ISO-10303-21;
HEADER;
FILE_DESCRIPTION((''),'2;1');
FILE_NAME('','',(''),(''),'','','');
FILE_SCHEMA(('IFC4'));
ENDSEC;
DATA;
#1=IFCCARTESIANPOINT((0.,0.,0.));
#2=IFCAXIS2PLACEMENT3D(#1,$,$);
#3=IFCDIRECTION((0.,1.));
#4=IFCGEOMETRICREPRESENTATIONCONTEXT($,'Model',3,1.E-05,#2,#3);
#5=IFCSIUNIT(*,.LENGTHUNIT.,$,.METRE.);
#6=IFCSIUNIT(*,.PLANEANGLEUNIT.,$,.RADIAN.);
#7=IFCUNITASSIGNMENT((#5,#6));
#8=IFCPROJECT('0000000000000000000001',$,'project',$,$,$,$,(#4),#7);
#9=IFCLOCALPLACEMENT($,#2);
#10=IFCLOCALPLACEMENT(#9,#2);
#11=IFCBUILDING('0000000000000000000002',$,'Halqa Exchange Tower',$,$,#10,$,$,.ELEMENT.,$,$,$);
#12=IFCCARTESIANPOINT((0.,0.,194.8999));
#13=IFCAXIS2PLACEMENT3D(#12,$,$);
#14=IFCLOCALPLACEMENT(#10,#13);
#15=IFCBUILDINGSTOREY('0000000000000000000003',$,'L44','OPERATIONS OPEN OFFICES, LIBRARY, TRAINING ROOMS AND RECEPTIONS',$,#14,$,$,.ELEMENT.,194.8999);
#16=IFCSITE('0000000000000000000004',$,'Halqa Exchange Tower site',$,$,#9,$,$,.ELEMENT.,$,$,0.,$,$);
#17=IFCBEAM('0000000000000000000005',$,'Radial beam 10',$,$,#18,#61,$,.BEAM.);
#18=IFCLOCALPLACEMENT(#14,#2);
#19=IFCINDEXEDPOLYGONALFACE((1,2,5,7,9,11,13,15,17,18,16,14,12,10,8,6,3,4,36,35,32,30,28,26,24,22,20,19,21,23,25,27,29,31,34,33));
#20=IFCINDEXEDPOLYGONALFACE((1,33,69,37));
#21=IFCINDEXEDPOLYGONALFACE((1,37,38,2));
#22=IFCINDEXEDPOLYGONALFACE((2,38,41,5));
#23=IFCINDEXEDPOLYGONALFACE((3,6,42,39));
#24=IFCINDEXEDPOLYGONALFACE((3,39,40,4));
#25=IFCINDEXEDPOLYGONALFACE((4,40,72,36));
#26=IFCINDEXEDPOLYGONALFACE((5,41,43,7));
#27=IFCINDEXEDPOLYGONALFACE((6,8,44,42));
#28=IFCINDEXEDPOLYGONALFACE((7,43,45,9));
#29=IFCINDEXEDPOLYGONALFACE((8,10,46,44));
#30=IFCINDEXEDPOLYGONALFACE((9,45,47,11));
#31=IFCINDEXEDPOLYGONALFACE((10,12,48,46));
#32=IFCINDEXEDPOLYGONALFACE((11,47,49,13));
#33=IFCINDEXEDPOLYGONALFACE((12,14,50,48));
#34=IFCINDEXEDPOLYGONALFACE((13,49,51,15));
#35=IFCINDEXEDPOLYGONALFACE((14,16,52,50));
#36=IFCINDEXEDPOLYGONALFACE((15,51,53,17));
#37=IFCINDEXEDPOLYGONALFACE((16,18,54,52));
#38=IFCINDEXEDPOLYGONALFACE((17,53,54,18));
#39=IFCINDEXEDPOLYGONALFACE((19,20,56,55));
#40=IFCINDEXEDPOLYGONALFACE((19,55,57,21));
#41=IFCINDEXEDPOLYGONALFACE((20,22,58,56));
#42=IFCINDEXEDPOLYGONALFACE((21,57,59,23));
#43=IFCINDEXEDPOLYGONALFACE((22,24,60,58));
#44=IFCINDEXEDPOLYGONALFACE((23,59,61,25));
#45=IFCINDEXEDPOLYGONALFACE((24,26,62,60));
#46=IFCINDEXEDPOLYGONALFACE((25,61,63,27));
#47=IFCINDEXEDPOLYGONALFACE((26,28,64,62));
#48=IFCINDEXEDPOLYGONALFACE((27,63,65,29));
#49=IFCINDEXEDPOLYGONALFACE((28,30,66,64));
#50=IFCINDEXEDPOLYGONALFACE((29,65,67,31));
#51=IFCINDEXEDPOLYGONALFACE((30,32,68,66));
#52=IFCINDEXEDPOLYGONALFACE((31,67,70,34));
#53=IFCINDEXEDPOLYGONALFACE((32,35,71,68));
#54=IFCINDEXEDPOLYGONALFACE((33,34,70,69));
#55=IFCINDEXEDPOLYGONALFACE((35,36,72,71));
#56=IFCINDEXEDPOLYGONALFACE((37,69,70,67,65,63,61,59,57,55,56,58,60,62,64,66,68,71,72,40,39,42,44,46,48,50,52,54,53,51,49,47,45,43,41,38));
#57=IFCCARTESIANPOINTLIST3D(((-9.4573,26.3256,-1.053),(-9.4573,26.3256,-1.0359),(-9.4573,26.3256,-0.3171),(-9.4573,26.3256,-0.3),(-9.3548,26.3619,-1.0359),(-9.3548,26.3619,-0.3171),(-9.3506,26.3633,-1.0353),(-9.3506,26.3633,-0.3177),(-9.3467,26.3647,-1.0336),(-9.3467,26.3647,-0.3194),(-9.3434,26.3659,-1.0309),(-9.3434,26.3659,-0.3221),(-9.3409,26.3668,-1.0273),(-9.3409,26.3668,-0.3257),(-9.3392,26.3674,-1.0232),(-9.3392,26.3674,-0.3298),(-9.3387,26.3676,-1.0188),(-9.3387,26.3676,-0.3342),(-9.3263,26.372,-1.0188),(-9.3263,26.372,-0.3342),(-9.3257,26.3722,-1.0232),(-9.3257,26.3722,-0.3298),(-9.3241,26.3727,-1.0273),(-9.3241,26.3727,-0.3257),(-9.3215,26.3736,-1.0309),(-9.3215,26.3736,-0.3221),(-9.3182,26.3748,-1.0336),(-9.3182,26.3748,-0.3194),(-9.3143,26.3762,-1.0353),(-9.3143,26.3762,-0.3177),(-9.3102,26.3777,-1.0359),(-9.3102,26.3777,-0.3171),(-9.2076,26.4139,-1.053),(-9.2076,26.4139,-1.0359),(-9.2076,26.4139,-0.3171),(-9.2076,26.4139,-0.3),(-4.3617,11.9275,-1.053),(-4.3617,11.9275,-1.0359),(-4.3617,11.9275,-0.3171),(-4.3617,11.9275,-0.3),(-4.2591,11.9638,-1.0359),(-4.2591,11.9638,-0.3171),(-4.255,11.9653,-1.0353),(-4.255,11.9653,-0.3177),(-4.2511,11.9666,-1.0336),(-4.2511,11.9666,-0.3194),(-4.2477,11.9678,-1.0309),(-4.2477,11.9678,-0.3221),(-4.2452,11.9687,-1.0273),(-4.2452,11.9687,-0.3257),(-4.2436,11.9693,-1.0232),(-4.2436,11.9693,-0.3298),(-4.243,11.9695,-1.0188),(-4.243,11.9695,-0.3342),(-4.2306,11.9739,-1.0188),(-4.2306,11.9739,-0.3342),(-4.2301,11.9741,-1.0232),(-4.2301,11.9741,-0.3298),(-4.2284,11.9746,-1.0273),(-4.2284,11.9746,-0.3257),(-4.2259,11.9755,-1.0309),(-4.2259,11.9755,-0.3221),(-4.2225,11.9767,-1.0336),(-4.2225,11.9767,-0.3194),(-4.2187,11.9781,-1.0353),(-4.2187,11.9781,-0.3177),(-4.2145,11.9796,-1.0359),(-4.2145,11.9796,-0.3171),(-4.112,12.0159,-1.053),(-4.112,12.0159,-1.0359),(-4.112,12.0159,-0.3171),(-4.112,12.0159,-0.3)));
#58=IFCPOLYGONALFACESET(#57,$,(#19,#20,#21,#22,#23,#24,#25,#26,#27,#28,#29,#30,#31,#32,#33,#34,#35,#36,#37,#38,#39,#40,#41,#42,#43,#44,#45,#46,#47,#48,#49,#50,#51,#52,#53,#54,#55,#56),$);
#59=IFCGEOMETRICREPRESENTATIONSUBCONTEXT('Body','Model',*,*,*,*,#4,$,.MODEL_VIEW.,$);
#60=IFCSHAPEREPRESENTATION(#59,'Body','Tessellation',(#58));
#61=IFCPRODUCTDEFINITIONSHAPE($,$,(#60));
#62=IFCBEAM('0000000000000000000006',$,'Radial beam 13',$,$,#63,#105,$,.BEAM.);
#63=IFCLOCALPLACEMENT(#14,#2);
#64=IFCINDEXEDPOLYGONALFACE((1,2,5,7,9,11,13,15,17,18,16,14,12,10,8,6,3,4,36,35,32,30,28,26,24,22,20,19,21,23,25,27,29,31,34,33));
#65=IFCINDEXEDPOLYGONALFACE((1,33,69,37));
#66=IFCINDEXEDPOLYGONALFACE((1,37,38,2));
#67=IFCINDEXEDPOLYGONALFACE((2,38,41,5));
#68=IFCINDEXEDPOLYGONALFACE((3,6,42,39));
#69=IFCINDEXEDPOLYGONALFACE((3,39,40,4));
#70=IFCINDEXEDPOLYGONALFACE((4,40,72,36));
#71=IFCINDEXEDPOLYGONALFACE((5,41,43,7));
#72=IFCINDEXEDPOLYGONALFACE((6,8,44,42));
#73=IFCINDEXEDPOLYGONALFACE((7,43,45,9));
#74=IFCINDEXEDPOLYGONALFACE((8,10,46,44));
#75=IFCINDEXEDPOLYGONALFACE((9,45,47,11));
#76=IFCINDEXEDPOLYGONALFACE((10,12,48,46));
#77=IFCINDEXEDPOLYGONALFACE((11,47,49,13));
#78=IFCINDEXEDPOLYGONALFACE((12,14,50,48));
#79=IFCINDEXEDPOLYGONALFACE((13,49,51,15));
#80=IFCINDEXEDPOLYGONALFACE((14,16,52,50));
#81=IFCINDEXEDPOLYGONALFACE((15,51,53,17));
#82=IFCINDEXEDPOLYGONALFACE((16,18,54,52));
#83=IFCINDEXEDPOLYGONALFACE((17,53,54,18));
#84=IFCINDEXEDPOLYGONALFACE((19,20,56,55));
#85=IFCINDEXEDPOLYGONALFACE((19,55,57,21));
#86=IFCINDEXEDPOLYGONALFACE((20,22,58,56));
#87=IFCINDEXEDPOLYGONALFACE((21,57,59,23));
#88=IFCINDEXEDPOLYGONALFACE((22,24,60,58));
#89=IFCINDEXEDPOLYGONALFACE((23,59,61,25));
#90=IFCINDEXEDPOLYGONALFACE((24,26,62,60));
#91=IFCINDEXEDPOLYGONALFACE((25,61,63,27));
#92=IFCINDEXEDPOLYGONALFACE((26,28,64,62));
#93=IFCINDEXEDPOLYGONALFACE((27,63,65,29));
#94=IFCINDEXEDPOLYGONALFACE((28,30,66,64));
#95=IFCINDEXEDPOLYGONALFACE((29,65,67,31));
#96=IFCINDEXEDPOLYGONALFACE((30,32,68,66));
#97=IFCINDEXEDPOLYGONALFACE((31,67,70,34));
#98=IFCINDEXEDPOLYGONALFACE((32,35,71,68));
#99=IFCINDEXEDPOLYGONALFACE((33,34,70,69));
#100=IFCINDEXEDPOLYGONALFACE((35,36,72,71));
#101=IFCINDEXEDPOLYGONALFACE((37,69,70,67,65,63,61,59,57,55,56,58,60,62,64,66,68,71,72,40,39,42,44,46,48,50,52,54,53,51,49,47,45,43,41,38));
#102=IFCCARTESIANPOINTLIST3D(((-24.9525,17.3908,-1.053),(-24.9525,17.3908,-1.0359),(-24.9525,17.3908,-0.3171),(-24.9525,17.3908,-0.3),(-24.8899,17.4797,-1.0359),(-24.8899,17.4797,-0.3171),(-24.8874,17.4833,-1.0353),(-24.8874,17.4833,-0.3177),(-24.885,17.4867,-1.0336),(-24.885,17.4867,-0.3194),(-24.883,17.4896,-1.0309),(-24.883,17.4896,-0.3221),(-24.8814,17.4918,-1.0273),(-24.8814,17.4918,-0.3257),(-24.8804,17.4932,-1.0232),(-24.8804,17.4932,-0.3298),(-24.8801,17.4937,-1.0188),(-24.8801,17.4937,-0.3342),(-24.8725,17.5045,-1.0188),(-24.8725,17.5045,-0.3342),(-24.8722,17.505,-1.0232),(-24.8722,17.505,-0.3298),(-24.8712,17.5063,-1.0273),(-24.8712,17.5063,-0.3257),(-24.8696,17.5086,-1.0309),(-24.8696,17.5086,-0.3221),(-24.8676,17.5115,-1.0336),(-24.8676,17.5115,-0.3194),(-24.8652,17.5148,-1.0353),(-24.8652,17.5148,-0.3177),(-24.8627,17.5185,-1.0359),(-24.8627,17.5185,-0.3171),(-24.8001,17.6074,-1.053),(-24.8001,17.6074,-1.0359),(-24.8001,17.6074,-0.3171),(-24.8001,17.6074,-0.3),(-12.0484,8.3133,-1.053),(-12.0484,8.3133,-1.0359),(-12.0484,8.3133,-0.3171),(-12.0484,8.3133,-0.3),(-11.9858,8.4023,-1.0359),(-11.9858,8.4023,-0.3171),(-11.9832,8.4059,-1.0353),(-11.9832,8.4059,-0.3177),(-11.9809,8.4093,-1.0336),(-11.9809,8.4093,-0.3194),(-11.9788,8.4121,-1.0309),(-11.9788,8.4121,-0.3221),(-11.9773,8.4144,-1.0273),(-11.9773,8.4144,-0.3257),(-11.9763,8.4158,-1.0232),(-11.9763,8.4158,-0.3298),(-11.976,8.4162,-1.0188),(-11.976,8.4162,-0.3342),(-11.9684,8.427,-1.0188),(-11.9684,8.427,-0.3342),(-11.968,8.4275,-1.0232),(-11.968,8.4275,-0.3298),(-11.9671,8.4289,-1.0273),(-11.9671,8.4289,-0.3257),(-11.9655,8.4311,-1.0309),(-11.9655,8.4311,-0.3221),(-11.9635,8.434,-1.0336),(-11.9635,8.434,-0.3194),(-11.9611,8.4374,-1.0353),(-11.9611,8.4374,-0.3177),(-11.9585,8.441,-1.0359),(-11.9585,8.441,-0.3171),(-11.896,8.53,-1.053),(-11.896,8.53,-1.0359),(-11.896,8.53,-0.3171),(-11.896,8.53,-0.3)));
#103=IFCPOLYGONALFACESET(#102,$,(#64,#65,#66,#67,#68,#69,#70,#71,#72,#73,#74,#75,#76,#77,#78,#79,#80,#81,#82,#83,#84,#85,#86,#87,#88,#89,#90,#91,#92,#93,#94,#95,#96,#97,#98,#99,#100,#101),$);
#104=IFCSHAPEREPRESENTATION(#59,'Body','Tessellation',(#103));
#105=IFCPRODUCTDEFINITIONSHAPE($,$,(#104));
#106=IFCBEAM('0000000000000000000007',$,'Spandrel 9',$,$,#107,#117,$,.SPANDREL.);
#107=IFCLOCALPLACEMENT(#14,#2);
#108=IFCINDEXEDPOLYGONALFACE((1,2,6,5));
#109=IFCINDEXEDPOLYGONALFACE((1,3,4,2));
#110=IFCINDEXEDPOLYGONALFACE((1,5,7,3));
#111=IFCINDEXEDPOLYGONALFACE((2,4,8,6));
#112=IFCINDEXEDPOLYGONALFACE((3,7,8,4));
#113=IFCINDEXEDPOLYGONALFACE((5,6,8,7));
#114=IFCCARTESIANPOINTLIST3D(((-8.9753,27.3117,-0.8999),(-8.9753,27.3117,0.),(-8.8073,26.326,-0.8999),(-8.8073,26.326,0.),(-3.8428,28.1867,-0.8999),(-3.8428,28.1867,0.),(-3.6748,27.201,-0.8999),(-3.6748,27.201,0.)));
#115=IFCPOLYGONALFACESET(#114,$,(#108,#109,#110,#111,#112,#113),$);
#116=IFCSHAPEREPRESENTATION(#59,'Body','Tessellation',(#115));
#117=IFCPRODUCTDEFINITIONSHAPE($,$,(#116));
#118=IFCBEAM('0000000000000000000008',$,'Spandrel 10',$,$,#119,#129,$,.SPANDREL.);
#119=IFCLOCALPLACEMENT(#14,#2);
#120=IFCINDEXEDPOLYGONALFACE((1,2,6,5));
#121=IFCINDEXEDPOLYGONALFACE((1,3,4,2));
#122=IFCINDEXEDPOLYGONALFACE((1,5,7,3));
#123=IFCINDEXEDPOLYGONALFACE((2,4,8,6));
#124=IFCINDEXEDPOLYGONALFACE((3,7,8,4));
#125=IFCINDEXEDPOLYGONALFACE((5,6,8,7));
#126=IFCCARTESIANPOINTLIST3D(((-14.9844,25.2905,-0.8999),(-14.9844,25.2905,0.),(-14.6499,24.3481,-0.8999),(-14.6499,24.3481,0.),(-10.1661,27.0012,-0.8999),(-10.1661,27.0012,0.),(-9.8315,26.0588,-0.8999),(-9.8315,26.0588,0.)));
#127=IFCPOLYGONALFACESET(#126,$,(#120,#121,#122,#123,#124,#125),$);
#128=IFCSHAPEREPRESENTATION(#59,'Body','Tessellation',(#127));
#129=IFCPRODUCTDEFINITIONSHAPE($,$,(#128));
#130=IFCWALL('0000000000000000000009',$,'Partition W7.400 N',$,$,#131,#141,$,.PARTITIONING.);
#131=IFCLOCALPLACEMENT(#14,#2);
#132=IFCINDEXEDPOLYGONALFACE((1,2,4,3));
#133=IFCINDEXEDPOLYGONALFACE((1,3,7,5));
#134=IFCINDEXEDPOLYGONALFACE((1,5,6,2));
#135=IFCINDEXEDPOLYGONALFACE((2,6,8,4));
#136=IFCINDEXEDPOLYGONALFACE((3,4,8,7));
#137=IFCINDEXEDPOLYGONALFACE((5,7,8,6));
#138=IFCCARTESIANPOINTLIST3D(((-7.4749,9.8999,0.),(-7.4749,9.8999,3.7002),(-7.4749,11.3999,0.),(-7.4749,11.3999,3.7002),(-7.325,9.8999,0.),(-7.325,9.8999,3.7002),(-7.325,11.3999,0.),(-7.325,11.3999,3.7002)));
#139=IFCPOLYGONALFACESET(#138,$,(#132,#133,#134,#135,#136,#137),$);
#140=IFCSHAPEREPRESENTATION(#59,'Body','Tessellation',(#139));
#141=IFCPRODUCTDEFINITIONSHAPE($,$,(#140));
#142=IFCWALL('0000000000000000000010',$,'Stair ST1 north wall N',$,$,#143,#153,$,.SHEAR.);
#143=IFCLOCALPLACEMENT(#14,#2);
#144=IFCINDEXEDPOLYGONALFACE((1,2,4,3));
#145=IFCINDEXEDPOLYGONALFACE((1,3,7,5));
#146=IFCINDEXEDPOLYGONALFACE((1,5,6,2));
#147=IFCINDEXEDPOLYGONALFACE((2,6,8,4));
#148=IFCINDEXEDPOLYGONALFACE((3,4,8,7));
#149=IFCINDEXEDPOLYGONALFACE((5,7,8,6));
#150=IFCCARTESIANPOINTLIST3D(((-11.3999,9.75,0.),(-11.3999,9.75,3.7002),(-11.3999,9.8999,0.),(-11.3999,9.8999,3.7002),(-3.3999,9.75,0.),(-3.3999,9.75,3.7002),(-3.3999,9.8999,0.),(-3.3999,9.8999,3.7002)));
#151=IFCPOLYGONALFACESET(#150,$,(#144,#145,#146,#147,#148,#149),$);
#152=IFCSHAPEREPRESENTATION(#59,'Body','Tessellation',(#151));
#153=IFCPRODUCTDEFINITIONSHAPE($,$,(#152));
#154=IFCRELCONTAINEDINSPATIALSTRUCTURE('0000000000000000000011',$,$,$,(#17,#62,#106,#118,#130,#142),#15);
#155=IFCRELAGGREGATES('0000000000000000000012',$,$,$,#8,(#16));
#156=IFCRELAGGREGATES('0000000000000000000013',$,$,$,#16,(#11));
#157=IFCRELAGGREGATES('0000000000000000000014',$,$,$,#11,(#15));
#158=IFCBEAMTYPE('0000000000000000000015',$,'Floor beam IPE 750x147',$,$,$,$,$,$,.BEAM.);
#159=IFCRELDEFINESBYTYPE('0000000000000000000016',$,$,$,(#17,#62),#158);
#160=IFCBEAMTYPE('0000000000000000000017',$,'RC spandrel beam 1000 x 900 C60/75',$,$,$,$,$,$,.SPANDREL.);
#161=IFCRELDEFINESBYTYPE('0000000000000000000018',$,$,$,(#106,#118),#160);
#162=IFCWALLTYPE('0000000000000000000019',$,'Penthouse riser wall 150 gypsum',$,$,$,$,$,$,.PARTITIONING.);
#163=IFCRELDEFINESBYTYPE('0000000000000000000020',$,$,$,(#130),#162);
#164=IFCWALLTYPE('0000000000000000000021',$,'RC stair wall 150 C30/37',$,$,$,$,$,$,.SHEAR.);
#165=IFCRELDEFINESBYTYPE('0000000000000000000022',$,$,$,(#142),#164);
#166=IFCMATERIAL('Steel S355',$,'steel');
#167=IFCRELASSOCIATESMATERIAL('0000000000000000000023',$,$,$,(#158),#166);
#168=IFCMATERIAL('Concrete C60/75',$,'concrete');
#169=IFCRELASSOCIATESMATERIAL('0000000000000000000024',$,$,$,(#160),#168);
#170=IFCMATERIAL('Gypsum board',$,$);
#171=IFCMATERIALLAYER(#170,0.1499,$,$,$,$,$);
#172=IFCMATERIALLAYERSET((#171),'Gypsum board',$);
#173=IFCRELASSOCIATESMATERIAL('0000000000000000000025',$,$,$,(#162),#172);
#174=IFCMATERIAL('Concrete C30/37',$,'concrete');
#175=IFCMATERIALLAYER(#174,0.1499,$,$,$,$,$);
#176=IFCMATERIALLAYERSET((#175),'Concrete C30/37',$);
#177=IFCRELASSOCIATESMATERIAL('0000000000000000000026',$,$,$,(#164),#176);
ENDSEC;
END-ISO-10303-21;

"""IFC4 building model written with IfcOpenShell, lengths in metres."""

from ifc_helpers import new_model, si_unit, direction, frame, frame_2d, origin, origin_2d, place, context, subcontext, project, spatial, rectangle, i_section, extrude, material, layer, layer_set, material_profile, profile_set, type_object, element, save


model = new_model("IFC4")

# Units and contexts
model_context = context("Model", 3, precision=1e-05, world=origin(), true_north=direction((0.0, 1.0)))
body_context = subcontext(model_context, "Body", "Model", "MODEL_VIEW")
ifc_project = project(units=[si_unit("LENGTHUNIT", "METRE"), si_unit("PLANEANGLEUNIT", "RADIAN")], contexts=[model_context])

# Site, building, storey
site_placement = place(None, origin())
site = spatial("IfcSite", under=ifc_project, at=site_placement, Name="Halqa Exchange Tower site", CompositionType="ELEMENT", RefElevation=0.0)
building_placement = place(site_placement, origin())
building = spatial("IfcBuilding", under=site, at=building_placement, Name="Halqa Exchange Tower", CompositionType="ELEMENT")
storey_placement = place(building_placement, frame((0.0, 0.0, 194.8999)))
storey = spatial("IfcBuildingStorey", under=building, at=storey_placement, Name="L44", Description="OPERATIONS OPEN OFFICES, LIBRARY, TRAINING ROOMS AND RECEPTIONS", CompositionType="ELEMENT", Elevation=194.8999)

# Shared definitions
ifc_material_1 = material(Name="Concrete C60/75", Category="concrete")

# Beams
ifc_material_2 = material(Name="Steel S355", Category="steel")
ifc_material_profile_1 = material_profile(ifc_material_2, i_section(OverallWidth=0.2649, OverallDepth=0.7529, WebThickness=0.0132, FlangeThickness=0.0171, FilletRadius=0.0171, at=origin_2d()), Name="IPE 750x147")
ifc_profile_set_1 = profile_set([ifc_material_profile_1], Name="Steel S355")
beam_type_1 = type_object("IfcBeamType", Name="Floor beam IPE 750x147", PredefinedType="BEAM", material=ifc_profile_set_1)
beam_1_placement = place(storey_placement, frame((-4.2368, 11.9717, -0.6765), z_axis=(-0.333634, 0.942703, 0.0), x_axis=(-0.942703, -0.333634, 0.0)))
element("IfcBeam", 1, at=beam_1_placement, inside=storey, type_object=beam_type_1, Name="Radial beam 10", PredefinedType="BEAM", context=body_context, shape_type="SweptSolid", body=[
    extrude(i_section(OverallWidth=0.2649, OverallDepth=0.7529, WebThickness=0.0132, FlangeThickness=0.0171, FilletRadius=0.0171, at=origin_2d()), origin(), (0.0, 0.0, 1.0), 15.2732),
])
beam_2_placement = place(storey_placement, frame((-11.9722, 8.4216, -0.6765), z_axis=(-0.817903, 0.575356, 0.0), x_axis=(-0.575356, -0.817903, 0.0)))
element("IfcBeam", 2, at=beam_2_placement, inside=storey, type_object=beam_type_1, Name="Radial beam 13", PredefinedType="BEAM", context=body_context, shape_type="SweptSolid", body=[
    extrude(i_section(OverallWidth=0.2649, OverallDepth=0.7529, WebThickness=0.0132, FlangeThickness=0.0171, FilletRadius=0.0171, at=origin_2d()), origin(), (0.0, 0.0, 1.0), 15.7771),
])
ifc_material_profile_2 = material_profile(ifc_material_1, rectangle(XDim=1.0, YDim=0.8999, at=origin_2d()), Name="1000 x 900")
ifc_profile_set_2 = profile_set([ifc_material_profile_2], Name="Concrete C60/75")
beam_type_2 = type_object("IfcBeamType", Name="RC spandrel beam 1000 x 900 C60/75", PredefinedType="SPANDREL", material=ifc_profile_set_2)
beam_3_placement = place(storey_placement, frame((-3.7588, 27.6938, -0.45), z_axis=(-0.985778, -0.168055, 0.0), x_axis=(0.168055, -0.985778, 0.0)))
element("IfcBeam", 3, at=beam_3_placement, inside=storey, type_object=beam_type_2, Name="Spandrel 9", PredefinedType="SPANDREL", context=body_context, shape_type="SweptSolid", body=[
    extrude(rectangle(XDim=1.0, YDim=0.8999, at=origin_2d()), origin(), (0.0, 0.0, 1.0), 5.2065),
])
beam_4_placement = place(storey_placement, frame((-9.9988, 26.53, -0.45), z_axis=(-0.942369, -0.334575, 0.0), x_axis=(0.334575, -0.942369, 0.0)))
element("IfcBeam", 4, at=beam_4_placement, inside=storey, type_object=beam_type_2, Name="Spandrel 10", PredefinedType="SPANDREL", context=body_context, shape_type="SweptSolid", body=[
    extrude(rectangle(XDim=1.0, YDim=0.8999, at=origin_2d()), origin(), (0.0, 0.0, 1.0), 5.113),
])

# Walls
ifc_material_3 = material(Name="Gypsum board")
ifc_layer_1 = layer(ifc_material_3, 0.1499)
ifc_layer_set_1 = layer_set([ifc_layer_1], Name="Gypsum board")
wall_type_1 = type_object("IfcWallType", Name="Penthouse riser wall 150 gypsum", PredefinedType="PARTITIONING", material=ifc_layer_set_1)
wall_1_placement = place(storey_placement, frame((-7.3999, 9.8999, 0.0), z_axis=(0.0, 0.0, 1.0), x_axis=(0.0, 1.0, 0.0)))
element("IfcWall", 5, at=wall_1_placement, inside=storey, type_object=wall_type_1, Name="Partition W7.400 N", PredefinedType="PARTITIONING", context=body_context, shape_type="SweptSolid", body=[
    extrude(rectangle(XDim=1.5, YDim=0.1499, at=frame_2d((0.75, 0.0))), origin(), (0.0, 0.0, 1.0), 3.7002),
])
ifc_material_4 = material(Name="Concrete C30/37", Category="concrete")
ifc_layer_2 = layer(ifc_material_4, 0.1499)
ifc_layer_set_2 = layer_set([ifc_layer_2], Name="Concrete C30/37")
wall_type_2 = type_object("IfcWallType", Name="RC stair wall 150 C30/37", PredefinedType="SHEAR", material=ifc_layer_set_2)
wall_2_placement = place(storey_placement, frame((-11.3999, 9.825, 0.0), z_axis=(0.0, 0.0, 1.0), x_axis=(1.0, 0.0, 0.0)))
element("IfcWall", 6, at=wall_2_placement, inside=storey, type_object=wall_type_2, Name="Stair ST1 north wall N", PredefinedType="SHEAR", context=body_context, shape_type="SweptSolid", body=[
    extrude(rectangle(XDim=8.0, YDim=0.1499, at=frame_2d((4.0, 0.0))), origin(), (0.0, 0.0, 1.0), 3.7002),
])

save(model, "model.ifc")
